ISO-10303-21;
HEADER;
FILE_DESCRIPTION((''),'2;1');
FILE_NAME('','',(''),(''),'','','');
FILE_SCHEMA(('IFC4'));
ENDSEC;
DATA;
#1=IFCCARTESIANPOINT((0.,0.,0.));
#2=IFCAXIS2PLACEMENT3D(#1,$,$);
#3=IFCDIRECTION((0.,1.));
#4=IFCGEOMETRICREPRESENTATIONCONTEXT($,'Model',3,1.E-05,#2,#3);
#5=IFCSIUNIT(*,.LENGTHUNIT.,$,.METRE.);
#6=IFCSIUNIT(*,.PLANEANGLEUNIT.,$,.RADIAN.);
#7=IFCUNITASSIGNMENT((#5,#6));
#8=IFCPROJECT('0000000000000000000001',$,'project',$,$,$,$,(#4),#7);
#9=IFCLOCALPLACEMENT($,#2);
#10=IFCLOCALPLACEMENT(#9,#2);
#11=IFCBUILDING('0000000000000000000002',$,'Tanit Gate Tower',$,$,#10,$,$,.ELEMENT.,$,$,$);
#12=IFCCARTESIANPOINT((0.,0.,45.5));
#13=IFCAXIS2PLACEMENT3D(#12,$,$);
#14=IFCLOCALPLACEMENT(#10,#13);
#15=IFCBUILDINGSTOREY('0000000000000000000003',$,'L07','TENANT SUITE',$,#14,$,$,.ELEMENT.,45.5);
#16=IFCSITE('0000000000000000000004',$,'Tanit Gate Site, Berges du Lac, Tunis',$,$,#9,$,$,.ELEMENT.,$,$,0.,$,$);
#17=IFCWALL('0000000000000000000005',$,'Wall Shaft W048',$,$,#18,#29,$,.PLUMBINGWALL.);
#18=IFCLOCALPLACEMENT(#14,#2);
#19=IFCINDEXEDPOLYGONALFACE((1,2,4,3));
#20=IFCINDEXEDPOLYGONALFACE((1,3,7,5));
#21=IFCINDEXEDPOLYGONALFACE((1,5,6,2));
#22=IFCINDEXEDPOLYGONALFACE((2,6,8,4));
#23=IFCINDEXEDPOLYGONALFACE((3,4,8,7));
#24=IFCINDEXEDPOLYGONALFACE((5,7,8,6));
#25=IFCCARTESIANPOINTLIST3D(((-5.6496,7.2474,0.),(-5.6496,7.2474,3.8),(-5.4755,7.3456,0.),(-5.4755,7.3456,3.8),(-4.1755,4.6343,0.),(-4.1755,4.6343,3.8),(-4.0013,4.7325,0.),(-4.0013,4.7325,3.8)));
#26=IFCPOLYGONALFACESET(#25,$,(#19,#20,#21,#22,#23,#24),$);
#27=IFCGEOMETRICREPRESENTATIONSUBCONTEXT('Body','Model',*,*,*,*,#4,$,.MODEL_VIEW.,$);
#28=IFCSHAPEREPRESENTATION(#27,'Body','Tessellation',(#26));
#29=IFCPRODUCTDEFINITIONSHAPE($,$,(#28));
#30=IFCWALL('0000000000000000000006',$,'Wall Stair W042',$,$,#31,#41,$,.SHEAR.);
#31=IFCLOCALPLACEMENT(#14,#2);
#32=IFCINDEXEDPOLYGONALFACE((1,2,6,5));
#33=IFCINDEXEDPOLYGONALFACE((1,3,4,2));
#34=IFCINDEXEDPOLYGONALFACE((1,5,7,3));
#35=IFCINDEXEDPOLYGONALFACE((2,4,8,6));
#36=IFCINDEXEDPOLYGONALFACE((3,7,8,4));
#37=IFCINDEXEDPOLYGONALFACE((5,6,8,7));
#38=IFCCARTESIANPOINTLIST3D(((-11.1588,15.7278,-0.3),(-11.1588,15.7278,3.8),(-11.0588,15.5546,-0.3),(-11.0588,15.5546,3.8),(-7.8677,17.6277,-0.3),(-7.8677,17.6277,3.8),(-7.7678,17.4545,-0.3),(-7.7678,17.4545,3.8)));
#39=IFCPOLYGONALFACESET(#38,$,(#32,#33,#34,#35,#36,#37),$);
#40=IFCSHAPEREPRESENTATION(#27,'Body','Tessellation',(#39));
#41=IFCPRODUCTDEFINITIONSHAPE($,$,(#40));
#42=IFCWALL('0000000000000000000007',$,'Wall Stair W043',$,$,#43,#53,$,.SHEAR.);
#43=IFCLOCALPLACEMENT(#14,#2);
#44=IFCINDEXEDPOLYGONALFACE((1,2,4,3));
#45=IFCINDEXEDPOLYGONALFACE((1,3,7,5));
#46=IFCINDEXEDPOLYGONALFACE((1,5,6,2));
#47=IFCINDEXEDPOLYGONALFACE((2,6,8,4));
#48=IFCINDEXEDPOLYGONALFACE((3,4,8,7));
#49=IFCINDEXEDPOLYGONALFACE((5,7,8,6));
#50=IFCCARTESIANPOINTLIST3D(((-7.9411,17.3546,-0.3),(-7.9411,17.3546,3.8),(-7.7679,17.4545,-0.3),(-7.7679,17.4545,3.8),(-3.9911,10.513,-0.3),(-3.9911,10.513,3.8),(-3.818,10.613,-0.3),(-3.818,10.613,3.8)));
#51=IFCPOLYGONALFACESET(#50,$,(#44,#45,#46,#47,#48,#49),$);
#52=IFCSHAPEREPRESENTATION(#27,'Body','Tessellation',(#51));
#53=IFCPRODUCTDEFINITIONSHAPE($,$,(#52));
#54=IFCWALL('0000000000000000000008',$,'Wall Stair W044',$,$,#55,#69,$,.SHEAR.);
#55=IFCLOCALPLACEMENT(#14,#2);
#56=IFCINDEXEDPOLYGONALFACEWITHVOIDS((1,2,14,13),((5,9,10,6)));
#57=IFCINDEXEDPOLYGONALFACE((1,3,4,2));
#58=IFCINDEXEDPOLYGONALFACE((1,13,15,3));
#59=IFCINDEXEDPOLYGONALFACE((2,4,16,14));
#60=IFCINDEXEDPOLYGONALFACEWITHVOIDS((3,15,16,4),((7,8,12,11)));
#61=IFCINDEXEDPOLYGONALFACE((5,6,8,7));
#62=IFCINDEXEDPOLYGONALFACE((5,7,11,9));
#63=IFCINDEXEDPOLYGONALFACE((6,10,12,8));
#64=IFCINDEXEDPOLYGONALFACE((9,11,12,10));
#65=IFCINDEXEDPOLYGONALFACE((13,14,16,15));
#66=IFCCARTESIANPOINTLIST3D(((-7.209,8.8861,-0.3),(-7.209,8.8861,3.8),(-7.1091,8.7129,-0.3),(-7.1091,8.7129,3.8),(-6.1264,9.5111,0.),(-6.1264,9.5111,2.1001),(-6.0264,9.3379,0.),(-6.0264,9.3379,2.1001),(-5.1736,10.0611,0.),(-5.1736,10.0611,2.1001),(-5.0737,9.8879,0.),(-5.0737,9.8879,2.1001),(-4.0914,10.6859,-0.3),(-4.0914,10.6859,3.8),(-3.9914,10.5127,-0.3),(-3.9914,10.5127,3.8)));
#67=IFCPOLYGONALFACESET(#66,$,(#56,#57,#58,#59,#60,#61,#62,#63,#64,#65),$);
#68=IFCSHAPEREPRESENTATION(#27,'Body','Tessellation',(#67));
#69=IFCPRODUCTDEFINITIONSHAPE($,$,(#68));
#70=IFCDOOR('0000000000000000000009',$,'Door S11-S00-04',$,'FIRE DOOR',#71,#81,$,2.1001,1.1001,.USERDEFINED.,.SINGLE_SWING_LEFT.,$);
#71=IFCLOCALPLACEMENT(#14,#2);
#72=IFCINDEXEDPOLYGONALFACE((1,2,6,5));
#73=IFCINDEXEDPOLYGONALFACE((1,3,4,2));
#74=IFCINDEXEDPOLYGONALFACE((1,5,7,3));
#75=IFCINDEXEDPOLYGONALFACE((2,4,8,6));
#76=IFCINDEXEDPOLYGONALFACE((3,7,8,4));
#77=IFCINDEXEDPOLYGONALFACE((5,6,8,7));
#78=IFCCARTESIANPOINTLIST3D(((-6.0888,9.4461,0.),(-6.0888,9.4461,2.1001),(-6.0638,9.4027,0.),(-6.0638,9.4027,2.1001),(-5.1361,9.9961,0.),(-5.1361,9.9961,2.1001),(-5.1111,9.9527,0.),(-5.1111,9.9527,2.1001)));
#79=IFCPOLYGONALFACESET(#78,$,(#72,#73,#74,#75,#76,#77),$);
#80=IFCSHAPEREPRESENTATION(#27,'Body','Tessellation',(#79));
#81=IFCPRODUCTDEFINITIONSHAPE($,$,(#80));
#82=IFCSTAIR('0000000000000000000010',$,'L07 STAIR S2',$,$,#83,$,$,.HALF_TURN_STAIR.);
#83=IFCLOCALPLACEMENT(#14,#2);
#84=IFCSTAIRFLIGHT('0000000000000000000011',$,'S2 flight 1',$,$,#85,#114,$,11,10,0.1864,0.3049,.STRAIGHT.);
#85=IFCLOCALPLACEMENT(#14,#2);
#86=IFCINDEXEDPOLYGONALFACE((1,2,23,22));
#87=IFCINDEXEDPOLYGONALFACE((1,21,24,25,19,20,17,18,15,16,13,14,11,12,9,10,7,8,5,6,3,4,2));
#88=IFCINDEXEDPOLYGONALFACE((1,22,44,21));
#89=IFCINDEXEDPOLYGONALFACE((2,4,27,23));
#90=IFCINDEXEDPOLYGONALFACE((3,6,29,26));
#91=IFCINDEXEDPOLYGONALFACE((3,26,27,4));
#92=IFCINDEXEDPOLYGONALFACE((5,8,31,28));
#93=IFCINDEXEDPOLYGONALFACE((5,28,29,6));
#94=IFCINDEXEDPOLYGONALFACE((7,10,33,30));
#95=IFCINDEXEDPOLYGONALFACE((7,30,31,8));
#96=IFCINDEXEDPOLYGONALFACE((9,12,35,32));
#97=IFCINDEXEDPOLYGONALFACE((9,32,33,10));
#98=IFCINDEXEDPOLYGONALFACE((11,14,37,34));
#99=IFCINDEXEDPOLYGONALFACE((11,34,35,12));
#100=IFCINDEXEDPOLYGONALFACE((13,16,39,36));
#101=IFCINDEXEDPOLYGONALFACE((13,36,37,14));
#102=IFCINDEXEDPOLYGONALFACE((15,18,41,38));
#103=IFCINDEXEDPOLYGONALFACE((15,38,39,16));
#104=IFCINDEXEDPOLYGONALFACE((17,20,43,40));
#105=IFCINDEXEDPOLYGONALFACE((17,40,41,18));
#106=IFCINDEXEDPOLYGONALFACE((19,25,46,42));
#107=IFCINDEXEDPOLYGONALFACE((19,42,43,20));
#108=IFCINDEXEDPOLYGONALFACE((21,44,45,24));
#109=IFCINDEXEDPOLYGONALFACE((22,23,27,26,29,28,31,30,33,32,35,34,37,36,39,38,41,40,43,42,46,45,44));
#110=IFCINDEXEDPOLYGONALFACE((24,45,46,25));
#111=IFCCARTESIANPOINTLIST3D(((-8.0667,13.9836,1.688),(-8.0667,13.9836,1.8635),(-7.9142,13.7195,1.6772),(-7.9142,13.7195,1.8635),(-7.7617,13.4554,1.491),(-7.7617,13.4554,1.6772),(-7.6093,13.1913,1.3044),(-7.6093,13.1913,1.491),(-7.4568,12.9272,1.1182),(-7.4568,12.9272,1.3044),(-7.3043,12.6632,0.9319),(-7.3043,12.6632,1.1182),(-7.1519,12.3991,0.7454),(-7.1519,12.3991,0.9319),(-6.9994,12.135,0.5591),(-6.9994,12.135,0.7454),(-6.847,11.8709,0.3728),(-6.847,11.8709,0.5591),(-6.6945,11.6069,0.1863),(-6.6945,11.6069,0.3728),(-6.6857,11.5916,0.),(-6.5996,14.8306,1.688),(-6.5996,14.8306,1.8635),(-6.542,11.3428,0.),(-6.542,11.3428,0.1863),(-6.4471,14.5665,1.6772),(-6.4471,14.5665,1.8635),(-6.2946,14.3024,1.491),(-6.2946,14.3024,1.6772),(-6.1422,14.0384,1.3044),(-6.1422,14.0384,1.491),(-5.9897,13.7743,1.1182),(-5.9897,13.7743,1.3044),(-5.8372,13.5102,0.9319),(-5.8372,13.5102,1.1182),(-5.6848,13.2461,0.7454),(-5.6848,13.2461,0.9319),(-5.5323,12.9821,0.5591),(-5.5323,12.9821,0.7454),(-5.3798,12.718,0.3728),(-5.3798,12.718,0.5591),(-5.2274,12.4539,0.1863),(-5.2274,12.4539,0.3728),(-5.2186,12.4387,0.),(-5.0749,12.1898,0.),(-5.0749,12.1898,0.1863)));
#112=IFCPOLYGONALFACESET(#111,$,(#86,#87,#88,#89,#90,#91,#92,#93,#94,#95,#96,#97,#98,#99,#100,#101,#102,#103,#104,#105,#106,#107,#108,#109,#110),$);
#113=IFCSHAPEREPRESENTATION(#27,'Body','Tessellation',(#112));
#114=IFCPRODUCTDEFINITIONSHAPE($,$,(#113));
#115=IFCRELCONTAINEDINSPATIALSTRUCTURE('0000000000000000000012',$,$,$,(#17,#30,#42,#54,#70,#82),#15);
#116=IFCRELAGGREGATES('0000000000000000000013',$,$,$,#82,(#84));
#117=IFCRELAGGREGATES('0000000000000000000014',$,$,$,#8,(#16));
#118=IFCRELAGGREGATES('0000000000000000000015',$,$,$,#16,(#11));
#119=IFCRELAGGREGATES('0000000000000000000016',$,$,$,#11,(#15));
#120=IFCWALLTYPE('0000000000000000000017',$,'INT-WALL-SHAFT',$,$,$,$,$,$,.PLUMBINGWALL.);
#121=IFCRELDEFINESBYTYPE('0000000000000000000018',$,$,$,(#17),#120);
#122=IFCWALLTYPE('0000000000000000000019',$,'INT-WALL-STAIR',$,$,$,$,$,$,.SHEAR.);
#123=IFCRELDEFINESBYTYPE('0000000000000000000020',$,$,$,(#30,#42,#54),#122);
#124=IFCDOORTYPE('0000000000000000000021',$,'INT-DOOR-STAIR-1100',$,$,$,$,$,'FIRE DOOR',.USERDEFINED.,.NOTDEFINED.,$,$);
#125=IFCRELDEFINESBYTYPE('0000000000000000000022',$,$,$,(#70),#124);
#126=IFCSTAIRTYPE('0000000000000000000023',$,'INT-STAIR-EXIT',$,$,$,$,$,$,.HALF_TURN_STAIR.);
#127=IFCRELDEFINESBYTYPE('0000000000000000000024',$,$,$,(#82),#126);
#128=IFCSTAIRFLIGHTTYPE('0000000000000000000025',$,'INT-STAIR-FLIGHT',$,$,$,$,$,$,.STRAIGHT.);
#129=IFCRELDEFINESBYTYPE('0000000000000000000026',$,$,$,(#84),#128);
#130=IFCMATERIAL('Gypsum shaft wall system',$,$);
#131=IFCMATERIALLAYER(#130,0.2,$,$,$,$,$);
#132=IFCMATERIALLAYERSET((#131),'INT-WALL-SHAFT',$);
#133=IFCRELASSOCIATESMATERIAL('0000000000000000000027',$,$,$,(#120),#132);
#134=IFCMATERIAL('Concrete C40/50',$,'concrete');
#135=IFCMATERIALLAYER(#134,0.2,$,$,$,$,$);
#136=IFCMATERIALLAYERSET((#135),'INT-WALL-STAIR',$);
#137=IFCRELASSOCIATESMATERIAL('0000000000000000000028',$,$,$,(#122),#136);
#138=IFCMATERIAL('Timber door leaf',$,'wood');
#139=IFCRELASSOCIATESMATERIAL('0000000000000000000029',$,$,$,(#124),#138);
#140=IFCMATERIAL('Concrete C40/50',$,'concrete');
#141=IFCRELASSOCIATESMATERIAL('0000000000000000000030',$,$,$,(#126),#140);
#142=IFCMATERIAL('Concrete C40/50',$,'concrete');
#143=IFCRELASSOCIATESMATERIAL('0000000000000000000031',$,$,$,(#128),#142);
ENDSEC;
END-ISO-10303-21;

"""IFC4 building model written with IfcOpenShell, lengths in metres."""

from ifc_helpers import new_model, si_unit, direction, frame, frame_2d, origin, place, context, subcontext, project, spatial, polyline, rectangle, outline, extrude, material, layer, layer_set, type_object, element, fill, aggregate, save


model = new_model("IFC4")

# Units and contexts
model_context = context("Model", 3, precision=1e-05, world=origin(), true_north=direction((0.0, 1.0)))
body_context = subcontext(model_context, "Body", "Model", "MODEL_VIEW")
ifc_project = project(units=[si_unit("LENGTHUNIT", "METRE"), si_unit("PLANEANGLEUNIT", "RADIAN")], contexts=[model_context])

# Site, building, storey
site_placement = place(None, origin())
site = spatial("IfcSite", under=ifc_project, at=site_placement, Name="Tanit Gate Site, Berges du Lac, Tunis", CompositionType="ELEMENT", RefElevation=0.0)
building_placement = place(site_placement, origin())
building = spatial("IfcBuilding", under=site, at=building_placement, Name="Tanit Gate Tower", CompositionType="ELEMENT")
storey_placement = place(building_placement, frame((0.0, 0.0, 45.5)))
storey = spatial("IfcBuildingStorey", under=building, at=storey_placement, Name="L07", Description="TENANT SUITE", CompositionType="ELEMENT", Elevation=45.5)

# Shared definitions
ifc_material_1 = material(Name="Gypsum shaft wall system")
ifc_layer_1 = layer(ifc_material_1, 0.2)
ifc_layer_set_1 = layer_set([ifc_layer_1], Name="INT-WALL-SHAFT")
wall_type_1 = type_object("IfcWallType", Name="INT-WALL-SHAFT", PredefinedType="PLUMBINGWALL", material=ifc_layer_set_1)

# Walls
wall_1_placement = place(storey_placement, frame((-5.5625, 7.2964, 0.0), z_axis=(0.0, 0.0, 1.0), x_axis=(0.491347, -0.870964, 0.0)))
element("IfcWall", 1, at=wall_1_placement, inside=storey, type_object=wall_type_1, Name="Wall Shaft W048", PredefinedType="PLUMBINGWALL", context=body_context, shape_type="SweptSolid", body=[
    extrude(rectangle(XDim=3.0002, YDim=0.2, at=frame_2d((1.5, 0.0))), origin(), (0.0, 0.0, 1.0), 3.8),
])
ifc_material_2 = material(Name="Concrete C40/50", Category="concrete")
ifc_layer_2 = layer(ifc_material_2, 0.2)
ifc_layer_set_2 = layer_set([ifc_layer_2], Name="INT-WALL-STAIR")
wall_type_2 = type_object("IfcWallType", Name="INT-WALL-STAIR", PredefinedType="SHEAR", material=ifc_layer_set_2)
wall_2_placement = place(storey_placement, frame((-7.8179, 17.541, -0.3), z_axis=(0.0, 0.0, 1.0), x_axis=(-0.866044, -0.499967, 0.0)))
element("IfcWall", 2, at=wall_2_placement, inside=storey, type_object=wall_type_2, Name="Wall Stair W042", PredefinedType="SHEAR", context=body_context, shape_type="SweptSolid", body=[
    extrude(rectangle(XDim=3.8, YDim=0.2, at=frame_2d((1.8999, 0.0))), origin(), (0.0, 0.0, 1.0), 4.1001),
])
wall_3_placement = place(storey_placement, frame((-7.8545, 17.4045, -0.3), z_axis=(0.0, 0.0, 1.0), x_axis=(0.499998, -0.866027, 0.0)))
element("IfcWall", 3, at=wall_3_placement, inside=storey, type_object=wall_type_2, Name="Wall Stair W043", PredefinedType="SHEAR", context=body_context, shape_type="SweptSolid", body=[
    extrude(rectangle(XDim=7.8999, YDim=0.2, at=frame_2d((3.95, 0.0))), origin(), (0.0, 0.0, 1.0), 4.1001),
])

# Wall, opening, door
wall_4_placement = place(storey_placement, frame((-7.1589, 8.7996, -0.3), z_axis=(0.0, 0.0, 1.0), x_axis=(0.866048, 0.499961, 0.0)))
wall_4 = element("IfcWall", 4, at=wall_4_placement, inside=storey, type_object=wall_type_2, Name="Wall Stair W044", PredefinedType="SHEAR", context=body_context, shape_type="SweptSolid", body=[
    extrude(rectangle(XDim=3.5999, YDim=0.2, at=frame_2d((1.7998, 0.0))), origin(), (0.0, 0.0, 1.0), 4.1001),
])
opening_1_placement = place(wall_4_placement, frame((1.25, 0.0, 0.3)))
opening_1 = element("IfcOpeningElement", 5, at=opening_1_placement, cuts=wall_4, PredefinedType="OPENING", context=body_context, shape_type="SweptSolid", body=[
    extrude(rectangle(XDim=1.1001, YDim=2.1001, at=frame_2d((0.55, 1.05))), frame((0.0, 0.1099, 0.0), z_axis=(0.0, -1.0, 0.0), x_axis=(1.0, 0.0, 0.0)), (0.0, 0.0, 1.0), 0.22),
])
ifc_material_3 = material(Name="Timber door leaf", Category="wood")
door_type_1 = type_object("IfcDoorType", Name="INT-DOOR-STAIR-1100", ElementType="FIRE DOOR", OperationType="NOTDEFINED", PredefinedType="USERDEFINED", material=ifc_material_3)
door_1_placement = place(opening_1_placement, origin())
door_1 = element("IfcDoor", 6, at=door_1_placement, inside=storey, type_object=door_type_1, Name="Door S11-S00-04", ObjectType="FIRE DOOR", OperationType="SINGLE_SWING_LEFT", OverallHeight=2.1001, OverallWidth=1.1001, PredefinedType="USERDEFINED", context=body_context, shape_type="SweptSolid", body=[
    extrude(rectangle(XDim=1.1001, YDim=2.1001, at=frame_2d((0.55, 1.05))), frame((0.0, 0.0249, 0.0), z_axis=(0.0, -1.0, 0.0), x_axis=(1.0, 0.0, 0.0)), (0.0, 0.0, 1.0), 0.05),
])
fill(opening_1, door_1)

# Stair, stair flight
ifc_material_4 = material(Name="Concrete C40/50", Category="concrete")
stair_type = type_object("IfcStairType", Name="INT-STAIR-EXIT", PredefinedType="HALF_TURN_STAIR", material=ifc_material_4)
stair_placement = place(storey_placement, origin())
stair = element("IfcStair", 7, at=stair_placement, inside=storey, type_object=stair_type, Name="L07 STAIR S2", PredefinedType="HALF_TURN_STAIR")
ifc_material_5 = material(Name="Concrete C40/50", Category="concrete")
stair_flight_type = type_object("IfcStairFlightType", Name="INT-STAIR-FLIGHT", PredefinedType="STRAIGHT", material=ifc_material_5)
stair_flight_placement = place(storey_placement, frame((-5.8083, 11.7664, 0.0), z_axis=(0.0, 0.0, 1.0), x_axis=(-0.5, 0.866025, 0.0)))
stair_flight = element("IfcStairFlight", 8, at=stair_flight_placement, type_object=stair_flight_type, Name="S2 flight 1", NumberOfRisers=11, NumberOfTreads=10, PredefinedType="STRAIGHT", RiserHeight=0.1864, TreadLength=0.3049, context=body_context, shape_type="SweptSolid", body=[
    extrude(outline(polyline([(0.0, 0.0), (0.0, 0.1863), (0.3049, 0.1863), (0.3049, 0.3728), (0.6099, 0.3728), (0.6099, 0.5591), (0.9148, 0.5591), (0.9148, 0.7454), (1.2197, 0.7454), (1.2197, 0.9319), (1.5247, 0.9319), (1.5247, 1.1182), (1.8296, 1.1182), (1.8296, 1.3044), (2.1345, 1.3044), (2.1345, 1.491), (2.4395, 1.491), (2.4395, 1.6772), (2.7444, 1.6772), (2.7444, 1.8635), (3.0493, 1.8635), (3.0493, 2.05), (3.0493, 1.688), (0.2874, 0.0), (0.0, 0.0)])), frame((0.0, 0.8472, 0.0), z_axis=(0.0, -1.0, 0.0), x_axis=(1.0, 0.0, 0.0)), (0.0, 0.0, 1.0), 1.6941),
])
aggregate(stair, [stair_flight])

save(model, "model.ifc")
